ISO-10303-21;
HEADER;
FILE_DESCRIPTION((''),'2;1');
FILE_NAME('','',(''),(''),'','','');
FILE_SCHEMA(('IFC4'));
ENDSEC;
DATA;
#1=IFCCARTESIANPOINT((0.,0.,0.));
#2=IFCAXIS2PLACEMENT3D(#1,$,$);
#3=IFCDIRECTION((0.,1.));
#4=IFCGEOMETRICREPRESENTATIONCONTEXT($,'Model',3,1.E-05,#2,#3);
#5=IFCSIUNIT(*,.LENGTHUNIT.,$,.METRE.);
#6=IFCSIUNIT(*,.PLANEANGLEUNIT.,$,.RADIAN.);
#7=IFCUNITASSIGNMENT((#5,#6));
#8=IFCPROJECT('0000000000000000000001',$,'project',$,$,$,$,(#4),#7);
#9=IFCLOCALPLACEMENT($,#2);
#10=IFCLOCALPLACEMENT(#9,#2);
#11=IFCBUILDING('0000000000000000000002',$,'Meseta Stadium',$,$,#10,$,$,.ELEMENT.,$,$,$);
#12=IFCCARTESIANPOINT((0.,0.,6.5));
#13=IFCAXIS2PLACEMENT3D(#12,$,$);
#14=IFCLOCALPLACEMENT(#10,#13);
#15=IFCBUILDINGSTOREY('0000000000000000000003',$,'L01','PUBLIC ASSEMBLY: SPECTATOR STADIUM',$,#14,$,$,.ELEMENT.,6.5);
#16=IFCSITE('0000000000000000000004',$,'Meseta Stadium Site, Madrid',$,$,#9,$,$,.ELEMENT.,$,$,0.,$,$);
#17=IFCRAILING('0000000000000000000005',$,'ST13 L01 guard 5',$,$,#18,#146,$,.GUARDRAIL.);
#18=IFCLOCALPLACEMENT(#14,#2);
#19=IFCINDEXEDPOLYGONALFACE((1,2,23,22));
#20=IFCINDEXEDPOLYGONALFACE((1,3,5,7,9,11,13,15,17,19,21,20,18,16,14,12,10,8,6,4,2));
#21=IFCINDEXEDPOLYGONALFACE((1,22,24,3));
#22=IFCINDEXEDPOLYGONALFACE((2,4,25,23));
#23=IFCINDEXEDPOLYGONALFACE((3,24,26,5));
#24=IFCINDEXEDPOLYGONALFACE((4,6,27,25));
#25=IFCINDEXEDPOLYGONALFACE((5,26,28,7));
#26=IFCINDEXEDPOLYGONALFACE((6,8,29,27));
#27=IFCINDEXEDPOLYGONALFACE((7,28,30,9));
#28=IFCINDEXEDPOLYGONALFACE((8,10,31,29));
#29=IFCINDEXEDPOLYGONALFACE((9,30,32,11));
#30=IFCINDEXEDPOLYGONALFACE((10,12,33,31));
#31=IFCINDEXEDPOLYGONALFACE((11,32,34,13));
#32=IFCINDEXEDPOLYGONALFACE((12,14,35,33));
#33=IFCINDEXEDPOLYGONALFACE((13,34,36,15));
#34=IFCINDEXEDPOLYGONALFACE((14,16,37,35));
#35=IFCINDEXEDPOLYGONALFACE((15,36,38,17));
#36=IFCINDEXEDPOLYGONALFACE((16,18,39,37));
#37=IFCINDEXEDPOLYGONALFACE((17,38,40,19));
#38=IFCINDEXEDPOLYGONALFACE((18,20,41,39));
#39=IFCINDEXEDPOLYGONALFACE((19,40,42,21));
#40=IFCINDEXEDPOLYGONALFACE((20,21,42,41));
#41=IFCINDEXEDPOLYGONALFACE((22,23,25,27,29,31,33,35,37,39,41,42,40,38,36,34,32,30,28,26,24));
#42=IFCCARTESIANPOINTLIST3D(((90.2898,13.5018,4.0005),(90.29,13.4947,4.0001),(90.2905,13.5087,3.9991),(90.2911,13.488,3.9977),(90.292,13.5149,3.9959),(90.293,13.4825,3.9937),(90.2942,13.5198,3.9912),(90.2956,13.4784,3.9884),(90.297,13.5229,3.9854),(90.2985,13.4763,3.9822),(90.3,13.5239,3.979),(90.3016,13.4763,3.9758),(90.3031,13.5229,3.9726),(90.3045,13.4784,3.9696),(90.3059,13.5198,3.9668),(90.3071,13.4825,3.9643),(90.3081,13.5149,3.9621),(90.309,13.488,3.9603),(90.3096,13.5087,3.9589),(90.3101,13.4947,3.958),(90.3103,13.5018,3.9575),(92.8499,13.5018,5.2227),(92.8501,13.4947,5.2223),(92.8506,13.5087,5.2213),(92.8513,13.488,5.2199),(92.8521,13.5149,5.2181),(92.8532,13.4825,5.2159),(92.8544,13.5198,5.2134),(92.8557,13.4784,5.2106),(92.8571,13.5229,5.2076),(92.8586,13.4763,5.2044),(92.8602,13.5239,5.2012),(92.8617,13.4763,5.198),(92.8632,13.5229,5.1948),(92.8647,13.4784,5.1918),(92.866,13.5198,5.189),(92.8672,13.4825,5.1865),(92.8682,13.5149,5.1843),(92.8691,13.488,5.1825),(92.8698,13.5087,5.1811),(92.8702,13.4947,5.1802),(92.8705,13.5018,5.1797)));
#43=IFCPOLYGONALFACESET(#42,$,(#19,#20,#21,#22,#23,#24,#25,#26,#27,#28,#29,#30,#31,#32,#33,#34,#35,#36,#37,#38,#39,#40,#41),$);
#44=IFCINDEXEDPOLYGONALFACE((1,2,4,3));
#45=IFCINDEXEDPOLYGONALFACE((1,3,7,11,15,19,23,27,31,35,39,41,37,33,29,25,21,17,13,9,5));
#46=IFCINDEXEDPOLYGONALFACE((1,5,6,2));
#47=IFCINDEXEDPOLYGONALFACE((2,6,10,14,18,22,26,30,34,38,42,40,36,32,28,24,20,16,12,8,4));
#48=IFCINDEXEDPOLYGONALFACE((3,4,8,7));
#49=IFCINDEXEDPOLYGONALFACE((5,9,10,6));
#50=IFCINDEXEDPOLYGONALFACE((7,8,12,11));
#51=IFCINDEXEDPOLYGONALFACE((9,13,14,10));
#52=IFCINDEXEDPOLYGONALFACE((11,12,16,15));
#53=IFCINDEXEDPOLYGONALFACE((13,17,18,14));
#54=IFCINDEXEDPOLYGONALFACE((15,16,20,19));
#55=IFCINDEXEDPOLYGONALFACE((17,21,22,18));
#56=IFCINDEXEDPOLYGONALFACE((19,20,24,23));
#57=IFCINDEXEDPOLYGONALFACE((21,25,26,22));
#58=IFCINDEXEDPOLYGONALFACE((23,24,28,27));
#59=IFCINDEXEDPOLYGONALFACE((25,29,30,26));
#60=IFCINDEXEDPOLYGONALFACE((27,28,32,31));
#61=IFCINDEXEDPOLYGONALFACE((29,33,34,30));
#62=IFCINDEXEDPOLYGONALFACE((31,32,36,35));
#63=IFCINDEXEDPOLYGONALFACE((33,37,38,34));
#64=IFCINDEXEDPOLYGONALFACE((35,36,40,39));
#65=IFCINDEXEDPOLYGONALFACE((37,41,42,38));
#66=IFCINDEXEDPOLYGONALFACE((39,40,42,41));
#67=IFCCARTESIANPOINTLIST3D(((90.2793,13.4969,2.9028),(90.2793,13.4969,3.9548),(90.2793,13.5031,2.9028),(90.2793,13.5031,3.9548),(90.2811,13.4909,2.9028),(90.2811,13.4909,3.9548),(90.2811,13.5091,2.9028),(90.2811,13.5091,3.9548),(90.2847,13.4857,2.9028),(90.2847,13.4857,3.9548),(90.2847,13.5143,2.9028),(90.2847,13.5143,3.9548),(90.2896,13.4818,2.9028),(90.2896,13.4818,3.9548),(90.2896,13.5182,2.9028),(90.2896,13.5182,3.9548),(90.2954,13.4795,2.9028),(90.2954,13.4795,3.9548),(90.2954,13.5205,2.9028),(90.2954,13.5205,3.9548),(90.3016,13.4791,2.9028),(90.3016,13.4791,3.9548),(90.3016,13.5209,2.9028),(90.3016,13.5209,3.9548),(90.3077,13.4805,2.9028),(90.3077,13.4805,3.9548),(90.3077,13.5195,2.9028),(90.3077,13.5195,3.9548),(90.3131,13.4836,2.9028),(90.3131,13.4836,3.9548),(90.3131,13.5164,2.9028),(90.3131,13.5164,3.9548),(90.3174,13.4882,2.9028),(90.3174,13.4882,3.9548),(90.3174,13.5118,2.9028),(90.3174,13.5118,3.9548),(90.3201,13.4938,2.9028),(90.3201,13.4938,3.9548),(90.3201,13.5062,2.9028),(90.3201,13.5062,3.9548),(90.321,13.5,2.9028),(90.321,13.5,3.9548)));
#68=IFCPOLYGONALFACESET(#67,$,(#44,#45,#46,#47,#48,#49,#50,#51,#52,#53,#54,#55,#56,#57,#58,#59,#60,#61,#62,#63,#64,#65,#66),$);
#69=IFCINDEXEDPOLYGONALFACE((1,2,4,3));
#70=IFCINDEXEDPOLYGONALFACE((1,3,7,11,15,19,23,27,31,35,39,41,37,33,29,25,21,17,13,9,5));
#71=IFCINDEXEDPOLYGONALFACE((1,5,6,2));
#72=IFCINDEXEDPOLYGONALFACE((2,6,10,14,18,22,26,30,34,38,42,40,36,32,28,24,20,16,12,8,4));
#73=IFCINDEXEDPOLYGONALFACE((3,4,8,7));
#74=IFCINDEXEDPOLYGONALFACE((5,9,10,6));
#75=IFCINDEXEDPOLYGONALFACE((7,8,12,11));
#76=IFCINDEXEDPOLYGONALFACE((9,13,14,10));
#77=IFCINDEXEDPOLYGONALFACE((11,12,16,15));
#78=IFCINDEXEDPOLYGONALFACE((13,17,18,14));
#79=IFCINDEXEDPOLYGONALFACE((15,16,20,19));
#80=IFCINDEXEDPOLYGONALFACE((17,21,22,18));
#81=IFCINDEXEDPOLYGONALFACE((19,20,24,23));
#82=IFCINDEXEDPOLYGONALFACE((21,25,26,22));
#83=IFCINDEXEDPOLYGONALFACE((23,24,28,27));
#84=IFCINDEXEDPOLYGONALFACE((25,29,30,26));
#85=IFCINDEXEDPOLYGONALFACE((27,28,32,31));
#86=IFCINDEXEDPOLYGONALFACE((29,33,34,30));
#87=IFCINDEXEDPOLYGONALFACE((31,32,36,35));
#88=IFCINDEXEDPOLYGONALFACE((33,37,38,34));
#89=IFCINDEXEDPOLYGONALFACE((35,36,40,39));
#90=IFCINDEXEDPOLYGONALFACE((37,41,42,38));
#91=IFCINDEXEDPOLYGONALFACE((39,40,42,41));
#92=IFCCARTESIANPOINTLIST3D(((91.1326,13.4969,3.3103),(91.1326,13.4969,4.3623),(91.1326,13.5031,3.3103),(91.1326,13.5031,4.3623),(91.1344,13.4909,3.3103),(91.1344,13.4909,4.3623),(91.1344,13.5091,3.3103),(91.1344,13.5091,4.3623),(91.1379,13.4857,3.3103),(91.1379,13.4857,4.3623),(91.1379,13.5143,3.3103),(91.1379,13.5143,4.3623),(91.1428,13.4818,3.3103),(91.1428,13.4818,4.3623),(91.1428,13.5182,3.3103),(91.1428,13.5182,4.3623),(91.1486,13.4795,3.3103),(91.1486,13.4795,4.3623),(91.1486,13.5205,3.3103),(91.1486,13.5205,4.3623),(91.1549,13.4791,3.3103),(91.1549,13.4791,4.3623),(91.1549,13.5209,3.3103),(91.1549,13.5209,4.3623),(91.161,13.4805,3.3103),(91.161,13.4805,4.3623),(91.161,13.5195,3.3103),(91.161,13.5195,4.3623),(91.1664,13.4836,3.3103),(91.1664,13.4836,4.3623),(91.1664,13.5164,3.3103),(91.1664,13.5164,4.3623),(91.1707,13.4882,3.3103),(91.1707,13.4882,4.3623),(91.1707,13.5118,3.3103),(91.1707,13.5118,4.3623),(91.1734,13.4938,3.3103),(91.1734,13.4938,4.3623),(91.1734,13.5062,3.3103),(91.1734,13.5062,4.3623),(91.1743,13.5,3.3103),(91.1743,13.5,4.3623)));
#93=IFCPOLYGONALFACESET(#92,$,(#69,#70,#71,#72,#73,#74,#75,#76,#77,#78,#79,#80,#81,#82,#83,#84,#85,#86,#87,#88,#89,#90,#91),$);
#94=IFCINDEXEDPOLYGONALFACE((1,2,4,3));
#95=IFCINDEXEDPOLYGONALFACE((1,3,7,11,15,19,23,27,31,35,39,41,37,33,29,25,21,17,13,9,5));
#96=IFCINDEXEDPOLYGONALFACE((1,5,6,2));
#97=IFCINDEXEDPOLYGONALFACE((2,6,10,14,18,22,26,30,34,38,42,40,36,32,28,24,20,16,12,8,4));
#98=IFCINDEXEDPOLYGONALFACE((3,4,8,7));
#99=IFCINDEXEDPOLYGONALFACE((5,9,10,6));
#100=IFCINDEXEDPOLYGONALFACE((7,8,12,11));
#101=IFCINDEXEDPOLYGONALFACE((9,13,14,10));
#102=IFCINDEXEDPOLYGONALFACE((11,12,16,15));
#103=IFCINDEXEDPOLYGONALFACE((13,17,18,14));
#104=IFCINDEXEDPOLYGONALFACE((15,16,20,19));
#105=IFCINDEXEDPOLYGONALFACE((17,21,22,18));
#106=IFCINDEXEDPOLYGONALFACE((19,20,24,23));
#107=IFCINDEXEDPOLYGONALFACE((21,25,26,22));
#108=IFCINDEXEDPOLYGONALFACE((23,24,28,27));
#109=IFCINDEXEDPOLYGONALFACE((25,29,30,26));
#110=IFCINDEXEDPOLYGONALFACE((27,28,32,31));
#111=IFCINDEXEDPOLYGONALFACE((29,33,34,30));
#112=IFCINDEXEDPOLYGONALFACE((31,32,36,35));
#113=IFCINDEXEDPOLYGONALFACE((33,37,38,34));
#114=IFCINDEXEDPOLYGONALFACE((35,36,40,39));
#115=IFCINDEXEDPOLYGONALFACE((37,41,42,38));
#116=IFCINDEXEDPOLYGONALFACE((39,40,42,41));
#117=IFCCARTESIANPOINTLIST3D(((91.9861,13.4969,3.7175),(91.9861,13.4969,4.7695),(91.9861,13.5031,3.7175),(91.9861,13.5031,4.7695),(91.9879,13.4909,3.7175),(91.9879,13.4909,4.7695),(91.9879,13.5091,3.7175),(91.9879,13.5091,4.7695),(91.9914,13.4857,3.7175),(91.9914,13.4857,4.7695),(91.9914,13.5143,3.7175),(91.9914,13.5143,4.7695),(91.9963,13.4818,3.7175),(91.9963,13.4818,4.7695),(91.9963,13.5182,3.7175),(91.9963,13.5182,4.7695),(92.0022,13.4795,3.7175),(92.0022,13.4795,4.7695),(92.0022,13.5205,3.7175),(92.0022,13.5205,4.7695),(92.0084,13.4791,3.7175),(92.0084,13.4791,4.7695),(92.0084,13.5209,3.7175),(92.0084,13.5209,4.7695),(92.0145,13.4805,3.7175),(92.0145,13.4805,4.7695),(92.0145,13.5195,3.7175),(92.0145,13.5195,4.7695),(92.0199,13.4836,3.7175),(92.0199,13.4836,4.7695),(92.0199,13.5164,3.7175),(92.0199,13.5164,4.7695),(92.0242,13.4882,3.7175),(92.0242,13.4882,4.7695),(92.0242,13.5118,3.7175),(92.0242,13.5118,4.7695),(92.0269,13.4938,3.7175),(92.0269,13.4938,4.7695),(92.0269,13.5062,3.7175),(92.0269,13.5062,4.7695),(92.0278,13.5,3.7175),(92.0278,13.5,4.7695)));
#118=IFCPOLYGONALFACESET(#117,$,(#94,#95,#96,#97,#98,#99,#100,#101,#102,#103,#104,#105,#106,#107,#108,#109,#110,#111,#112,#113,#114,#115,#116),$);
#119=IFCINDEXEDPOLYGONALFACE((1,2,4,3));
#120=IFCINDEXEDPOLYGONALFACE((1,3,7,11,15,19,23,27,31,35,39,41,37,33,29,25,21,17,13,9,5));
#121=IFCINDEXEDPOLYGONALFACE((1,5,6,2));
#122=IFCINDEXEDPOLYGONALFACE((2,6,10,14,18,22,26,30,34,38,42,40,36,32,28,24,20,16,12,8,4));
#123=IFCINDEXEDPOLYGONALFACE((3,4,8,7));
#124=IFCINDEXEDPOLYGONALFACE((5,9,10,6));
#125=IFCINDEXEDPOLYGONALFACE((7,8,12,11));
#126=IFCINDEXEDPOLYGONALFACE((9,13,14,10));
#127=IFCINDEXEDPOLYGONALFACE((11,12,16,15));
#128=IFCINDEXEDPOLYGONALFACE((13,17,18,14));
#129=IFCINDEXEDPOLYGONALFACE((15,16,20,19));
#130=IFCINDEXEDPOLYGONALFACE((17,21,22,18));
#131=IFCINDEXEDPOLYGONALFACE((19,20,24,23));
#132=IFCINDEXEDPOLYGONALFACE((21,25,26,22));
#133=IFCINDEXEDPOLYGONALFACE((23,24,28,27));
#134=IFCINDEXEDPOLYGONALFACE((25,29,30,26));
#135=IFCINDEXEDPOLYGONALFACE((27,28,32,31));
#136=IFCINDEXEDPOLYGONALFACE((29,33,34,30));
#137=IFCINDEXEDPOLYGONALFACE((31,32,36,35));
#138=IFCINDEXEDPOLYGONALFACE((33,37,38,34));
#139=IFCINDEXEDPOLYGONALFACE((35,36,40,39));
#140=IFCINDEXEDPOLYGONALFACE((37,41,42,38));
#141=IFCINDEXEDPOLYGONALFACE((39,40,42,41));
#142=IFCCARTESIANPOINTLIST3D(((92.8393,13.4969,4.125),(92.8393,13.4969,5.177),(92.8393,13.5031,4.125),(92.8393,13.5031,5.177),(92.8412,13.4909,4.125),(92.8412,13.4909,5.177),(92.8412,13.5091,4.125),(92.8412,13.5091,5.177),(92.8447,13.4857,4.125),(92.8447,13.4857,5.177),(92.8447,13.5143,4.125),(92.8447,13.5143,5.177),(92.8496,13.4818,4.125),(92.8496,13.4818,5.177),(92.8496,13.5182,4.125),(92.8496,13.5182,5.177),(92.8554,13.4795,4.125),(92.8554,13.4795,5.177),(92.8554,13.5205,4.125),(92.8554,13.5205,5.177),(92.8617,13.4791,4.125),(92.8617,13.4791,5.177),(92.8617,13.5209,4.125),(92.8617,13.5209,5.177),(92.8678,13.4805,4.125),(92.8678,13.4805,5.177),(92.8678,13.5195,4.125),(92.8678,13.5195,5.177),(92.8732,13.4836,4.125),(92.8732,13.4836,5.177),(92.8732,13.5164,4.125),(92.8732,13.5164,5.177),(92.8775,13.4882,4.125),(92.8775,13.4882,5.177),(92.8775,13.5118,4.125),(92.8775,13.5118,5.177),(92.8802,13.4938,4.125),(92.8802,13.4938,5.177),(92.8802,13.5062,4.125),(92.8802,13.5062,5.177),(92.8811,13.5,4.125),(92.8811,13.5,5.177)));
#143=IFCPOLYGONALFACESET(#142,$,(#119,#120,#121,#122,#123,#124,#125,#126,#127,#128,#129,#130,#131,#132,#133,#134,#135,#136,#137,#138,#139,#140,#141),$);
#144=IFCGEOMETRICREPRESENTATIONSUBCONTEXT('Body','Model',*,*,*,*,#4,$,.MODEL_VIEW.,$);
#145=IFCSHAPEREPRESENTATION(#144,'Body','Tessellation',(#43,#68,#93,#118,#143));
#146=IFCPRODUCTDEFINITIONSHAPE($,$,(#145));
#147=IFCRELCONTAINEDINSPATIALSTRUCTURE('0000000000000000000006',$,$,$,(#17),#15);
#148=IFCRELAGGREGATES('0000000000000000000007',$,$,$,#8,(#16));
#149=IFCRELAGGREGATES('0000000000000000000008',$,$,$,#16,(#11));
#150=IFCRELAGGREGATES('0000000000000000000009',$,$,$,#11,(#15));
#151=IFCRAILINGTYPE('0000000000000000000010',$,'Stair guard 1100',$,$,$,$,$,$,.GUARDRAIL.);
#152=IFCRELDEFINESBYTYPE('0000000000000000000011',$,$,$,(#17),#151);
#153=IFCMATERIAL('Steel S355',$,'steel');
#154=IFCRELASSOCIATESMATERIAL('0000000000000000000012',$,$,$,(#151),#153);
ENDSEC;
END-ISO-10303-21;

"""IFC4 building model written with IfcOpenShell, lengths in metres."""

from ifc_helpers import new_model, si_unit, direction, frame, origin, origin_2d, place, context, subcontext, project, spatial, circle, extrude, material, type_object, element, save


model = new_model("IFC4")

# Units and contexts
model_context = context("Model", 3, precision=1e-05, world=origin(), true_north=direction((0.0, 1.0)))
body_context = subcontext(model_context, "Body", "Model", "MODEL_VIEW")
ifc_project = project(units=[si_unit("LENGTHUNIT", "METRE"), si_unit("PLANEANGLEUNIT", "RADIAN")], contexts=[model_context])

# Site, building, storey
site_placement = place(None, origin())
site = spatial("IfcSite", under=ifc_project, at=site_placement, Name="Meseta Stadium Site, Madrid", CompositionType="ELEMENT", RefElevation=0.0)
building_placement = place(site_placement, origin())
building = spatial("IfcBuilding", under=site, at=building_placement, Name="Meseta Stadium", CompositionType="ELEMENT")
storey_placement = place(building_placement, frame((0.0, 0.0, 6.5)))
storey = spatial("IfcBuildingStorey", under=building, at=storey_placement, Name="L01", Description="PUBLIC ASSEMBLY: SPECTATOR STADIUM", CompositionType="ELEMENT", Elevation=6.5)

# Railing
ifc_material_1 = material(Name="Steel S355", Category="steel")
railing_type_1 = type_object("IfcRailingType", Name="Stair guard 1100", PredefinedType="GUARDRAIL", material=ifc_material_1)
railing_1_placement = place(storey_placement, frame((90.3, 13.5, 2.9028)))
element("IfcRailing", 1, at=railing_1_placement, inside=storey, type_object=railing_type_1, Name="ST13 L01 guard 5", PredefinedType="GUARDRAIL", context=body_context, shape_type="SweptSolid", body=[
    extrude(circle(Radius=0.0239, at=origin_2d()), frame((0.0, 0.0, 1.0762), z_axis=(0.902437, 0.0, 0.430822), x_axis=(0.0, 1.0, 0.0)), (0.0, 0.0, 1.0), 2.8369),
    extrude(circle(Radius=0.021, at=origin_2d()), origin(), (0.0, 0.0, 1.0), 1.052),
    extrude(circle(Radius=0.021, at=origin_2d()), frame((0.8533, 0.0, 0.4075)), (0.0, 0.0, 1.0), 1.052),
    extrude(circle(Radius=0.021, at=origin_2d()), frame((1.7068, 0.0, 0.8147)), (0.0, 0.0, 1.0), 1.052),
    extrude(circle(Radius=0.021, at=origin_2d()), frame((2.5601, 0.0, 1.2222)), (0.0, 0.0, 1.0), 1.052),
])

save(model, "model.ifc")
